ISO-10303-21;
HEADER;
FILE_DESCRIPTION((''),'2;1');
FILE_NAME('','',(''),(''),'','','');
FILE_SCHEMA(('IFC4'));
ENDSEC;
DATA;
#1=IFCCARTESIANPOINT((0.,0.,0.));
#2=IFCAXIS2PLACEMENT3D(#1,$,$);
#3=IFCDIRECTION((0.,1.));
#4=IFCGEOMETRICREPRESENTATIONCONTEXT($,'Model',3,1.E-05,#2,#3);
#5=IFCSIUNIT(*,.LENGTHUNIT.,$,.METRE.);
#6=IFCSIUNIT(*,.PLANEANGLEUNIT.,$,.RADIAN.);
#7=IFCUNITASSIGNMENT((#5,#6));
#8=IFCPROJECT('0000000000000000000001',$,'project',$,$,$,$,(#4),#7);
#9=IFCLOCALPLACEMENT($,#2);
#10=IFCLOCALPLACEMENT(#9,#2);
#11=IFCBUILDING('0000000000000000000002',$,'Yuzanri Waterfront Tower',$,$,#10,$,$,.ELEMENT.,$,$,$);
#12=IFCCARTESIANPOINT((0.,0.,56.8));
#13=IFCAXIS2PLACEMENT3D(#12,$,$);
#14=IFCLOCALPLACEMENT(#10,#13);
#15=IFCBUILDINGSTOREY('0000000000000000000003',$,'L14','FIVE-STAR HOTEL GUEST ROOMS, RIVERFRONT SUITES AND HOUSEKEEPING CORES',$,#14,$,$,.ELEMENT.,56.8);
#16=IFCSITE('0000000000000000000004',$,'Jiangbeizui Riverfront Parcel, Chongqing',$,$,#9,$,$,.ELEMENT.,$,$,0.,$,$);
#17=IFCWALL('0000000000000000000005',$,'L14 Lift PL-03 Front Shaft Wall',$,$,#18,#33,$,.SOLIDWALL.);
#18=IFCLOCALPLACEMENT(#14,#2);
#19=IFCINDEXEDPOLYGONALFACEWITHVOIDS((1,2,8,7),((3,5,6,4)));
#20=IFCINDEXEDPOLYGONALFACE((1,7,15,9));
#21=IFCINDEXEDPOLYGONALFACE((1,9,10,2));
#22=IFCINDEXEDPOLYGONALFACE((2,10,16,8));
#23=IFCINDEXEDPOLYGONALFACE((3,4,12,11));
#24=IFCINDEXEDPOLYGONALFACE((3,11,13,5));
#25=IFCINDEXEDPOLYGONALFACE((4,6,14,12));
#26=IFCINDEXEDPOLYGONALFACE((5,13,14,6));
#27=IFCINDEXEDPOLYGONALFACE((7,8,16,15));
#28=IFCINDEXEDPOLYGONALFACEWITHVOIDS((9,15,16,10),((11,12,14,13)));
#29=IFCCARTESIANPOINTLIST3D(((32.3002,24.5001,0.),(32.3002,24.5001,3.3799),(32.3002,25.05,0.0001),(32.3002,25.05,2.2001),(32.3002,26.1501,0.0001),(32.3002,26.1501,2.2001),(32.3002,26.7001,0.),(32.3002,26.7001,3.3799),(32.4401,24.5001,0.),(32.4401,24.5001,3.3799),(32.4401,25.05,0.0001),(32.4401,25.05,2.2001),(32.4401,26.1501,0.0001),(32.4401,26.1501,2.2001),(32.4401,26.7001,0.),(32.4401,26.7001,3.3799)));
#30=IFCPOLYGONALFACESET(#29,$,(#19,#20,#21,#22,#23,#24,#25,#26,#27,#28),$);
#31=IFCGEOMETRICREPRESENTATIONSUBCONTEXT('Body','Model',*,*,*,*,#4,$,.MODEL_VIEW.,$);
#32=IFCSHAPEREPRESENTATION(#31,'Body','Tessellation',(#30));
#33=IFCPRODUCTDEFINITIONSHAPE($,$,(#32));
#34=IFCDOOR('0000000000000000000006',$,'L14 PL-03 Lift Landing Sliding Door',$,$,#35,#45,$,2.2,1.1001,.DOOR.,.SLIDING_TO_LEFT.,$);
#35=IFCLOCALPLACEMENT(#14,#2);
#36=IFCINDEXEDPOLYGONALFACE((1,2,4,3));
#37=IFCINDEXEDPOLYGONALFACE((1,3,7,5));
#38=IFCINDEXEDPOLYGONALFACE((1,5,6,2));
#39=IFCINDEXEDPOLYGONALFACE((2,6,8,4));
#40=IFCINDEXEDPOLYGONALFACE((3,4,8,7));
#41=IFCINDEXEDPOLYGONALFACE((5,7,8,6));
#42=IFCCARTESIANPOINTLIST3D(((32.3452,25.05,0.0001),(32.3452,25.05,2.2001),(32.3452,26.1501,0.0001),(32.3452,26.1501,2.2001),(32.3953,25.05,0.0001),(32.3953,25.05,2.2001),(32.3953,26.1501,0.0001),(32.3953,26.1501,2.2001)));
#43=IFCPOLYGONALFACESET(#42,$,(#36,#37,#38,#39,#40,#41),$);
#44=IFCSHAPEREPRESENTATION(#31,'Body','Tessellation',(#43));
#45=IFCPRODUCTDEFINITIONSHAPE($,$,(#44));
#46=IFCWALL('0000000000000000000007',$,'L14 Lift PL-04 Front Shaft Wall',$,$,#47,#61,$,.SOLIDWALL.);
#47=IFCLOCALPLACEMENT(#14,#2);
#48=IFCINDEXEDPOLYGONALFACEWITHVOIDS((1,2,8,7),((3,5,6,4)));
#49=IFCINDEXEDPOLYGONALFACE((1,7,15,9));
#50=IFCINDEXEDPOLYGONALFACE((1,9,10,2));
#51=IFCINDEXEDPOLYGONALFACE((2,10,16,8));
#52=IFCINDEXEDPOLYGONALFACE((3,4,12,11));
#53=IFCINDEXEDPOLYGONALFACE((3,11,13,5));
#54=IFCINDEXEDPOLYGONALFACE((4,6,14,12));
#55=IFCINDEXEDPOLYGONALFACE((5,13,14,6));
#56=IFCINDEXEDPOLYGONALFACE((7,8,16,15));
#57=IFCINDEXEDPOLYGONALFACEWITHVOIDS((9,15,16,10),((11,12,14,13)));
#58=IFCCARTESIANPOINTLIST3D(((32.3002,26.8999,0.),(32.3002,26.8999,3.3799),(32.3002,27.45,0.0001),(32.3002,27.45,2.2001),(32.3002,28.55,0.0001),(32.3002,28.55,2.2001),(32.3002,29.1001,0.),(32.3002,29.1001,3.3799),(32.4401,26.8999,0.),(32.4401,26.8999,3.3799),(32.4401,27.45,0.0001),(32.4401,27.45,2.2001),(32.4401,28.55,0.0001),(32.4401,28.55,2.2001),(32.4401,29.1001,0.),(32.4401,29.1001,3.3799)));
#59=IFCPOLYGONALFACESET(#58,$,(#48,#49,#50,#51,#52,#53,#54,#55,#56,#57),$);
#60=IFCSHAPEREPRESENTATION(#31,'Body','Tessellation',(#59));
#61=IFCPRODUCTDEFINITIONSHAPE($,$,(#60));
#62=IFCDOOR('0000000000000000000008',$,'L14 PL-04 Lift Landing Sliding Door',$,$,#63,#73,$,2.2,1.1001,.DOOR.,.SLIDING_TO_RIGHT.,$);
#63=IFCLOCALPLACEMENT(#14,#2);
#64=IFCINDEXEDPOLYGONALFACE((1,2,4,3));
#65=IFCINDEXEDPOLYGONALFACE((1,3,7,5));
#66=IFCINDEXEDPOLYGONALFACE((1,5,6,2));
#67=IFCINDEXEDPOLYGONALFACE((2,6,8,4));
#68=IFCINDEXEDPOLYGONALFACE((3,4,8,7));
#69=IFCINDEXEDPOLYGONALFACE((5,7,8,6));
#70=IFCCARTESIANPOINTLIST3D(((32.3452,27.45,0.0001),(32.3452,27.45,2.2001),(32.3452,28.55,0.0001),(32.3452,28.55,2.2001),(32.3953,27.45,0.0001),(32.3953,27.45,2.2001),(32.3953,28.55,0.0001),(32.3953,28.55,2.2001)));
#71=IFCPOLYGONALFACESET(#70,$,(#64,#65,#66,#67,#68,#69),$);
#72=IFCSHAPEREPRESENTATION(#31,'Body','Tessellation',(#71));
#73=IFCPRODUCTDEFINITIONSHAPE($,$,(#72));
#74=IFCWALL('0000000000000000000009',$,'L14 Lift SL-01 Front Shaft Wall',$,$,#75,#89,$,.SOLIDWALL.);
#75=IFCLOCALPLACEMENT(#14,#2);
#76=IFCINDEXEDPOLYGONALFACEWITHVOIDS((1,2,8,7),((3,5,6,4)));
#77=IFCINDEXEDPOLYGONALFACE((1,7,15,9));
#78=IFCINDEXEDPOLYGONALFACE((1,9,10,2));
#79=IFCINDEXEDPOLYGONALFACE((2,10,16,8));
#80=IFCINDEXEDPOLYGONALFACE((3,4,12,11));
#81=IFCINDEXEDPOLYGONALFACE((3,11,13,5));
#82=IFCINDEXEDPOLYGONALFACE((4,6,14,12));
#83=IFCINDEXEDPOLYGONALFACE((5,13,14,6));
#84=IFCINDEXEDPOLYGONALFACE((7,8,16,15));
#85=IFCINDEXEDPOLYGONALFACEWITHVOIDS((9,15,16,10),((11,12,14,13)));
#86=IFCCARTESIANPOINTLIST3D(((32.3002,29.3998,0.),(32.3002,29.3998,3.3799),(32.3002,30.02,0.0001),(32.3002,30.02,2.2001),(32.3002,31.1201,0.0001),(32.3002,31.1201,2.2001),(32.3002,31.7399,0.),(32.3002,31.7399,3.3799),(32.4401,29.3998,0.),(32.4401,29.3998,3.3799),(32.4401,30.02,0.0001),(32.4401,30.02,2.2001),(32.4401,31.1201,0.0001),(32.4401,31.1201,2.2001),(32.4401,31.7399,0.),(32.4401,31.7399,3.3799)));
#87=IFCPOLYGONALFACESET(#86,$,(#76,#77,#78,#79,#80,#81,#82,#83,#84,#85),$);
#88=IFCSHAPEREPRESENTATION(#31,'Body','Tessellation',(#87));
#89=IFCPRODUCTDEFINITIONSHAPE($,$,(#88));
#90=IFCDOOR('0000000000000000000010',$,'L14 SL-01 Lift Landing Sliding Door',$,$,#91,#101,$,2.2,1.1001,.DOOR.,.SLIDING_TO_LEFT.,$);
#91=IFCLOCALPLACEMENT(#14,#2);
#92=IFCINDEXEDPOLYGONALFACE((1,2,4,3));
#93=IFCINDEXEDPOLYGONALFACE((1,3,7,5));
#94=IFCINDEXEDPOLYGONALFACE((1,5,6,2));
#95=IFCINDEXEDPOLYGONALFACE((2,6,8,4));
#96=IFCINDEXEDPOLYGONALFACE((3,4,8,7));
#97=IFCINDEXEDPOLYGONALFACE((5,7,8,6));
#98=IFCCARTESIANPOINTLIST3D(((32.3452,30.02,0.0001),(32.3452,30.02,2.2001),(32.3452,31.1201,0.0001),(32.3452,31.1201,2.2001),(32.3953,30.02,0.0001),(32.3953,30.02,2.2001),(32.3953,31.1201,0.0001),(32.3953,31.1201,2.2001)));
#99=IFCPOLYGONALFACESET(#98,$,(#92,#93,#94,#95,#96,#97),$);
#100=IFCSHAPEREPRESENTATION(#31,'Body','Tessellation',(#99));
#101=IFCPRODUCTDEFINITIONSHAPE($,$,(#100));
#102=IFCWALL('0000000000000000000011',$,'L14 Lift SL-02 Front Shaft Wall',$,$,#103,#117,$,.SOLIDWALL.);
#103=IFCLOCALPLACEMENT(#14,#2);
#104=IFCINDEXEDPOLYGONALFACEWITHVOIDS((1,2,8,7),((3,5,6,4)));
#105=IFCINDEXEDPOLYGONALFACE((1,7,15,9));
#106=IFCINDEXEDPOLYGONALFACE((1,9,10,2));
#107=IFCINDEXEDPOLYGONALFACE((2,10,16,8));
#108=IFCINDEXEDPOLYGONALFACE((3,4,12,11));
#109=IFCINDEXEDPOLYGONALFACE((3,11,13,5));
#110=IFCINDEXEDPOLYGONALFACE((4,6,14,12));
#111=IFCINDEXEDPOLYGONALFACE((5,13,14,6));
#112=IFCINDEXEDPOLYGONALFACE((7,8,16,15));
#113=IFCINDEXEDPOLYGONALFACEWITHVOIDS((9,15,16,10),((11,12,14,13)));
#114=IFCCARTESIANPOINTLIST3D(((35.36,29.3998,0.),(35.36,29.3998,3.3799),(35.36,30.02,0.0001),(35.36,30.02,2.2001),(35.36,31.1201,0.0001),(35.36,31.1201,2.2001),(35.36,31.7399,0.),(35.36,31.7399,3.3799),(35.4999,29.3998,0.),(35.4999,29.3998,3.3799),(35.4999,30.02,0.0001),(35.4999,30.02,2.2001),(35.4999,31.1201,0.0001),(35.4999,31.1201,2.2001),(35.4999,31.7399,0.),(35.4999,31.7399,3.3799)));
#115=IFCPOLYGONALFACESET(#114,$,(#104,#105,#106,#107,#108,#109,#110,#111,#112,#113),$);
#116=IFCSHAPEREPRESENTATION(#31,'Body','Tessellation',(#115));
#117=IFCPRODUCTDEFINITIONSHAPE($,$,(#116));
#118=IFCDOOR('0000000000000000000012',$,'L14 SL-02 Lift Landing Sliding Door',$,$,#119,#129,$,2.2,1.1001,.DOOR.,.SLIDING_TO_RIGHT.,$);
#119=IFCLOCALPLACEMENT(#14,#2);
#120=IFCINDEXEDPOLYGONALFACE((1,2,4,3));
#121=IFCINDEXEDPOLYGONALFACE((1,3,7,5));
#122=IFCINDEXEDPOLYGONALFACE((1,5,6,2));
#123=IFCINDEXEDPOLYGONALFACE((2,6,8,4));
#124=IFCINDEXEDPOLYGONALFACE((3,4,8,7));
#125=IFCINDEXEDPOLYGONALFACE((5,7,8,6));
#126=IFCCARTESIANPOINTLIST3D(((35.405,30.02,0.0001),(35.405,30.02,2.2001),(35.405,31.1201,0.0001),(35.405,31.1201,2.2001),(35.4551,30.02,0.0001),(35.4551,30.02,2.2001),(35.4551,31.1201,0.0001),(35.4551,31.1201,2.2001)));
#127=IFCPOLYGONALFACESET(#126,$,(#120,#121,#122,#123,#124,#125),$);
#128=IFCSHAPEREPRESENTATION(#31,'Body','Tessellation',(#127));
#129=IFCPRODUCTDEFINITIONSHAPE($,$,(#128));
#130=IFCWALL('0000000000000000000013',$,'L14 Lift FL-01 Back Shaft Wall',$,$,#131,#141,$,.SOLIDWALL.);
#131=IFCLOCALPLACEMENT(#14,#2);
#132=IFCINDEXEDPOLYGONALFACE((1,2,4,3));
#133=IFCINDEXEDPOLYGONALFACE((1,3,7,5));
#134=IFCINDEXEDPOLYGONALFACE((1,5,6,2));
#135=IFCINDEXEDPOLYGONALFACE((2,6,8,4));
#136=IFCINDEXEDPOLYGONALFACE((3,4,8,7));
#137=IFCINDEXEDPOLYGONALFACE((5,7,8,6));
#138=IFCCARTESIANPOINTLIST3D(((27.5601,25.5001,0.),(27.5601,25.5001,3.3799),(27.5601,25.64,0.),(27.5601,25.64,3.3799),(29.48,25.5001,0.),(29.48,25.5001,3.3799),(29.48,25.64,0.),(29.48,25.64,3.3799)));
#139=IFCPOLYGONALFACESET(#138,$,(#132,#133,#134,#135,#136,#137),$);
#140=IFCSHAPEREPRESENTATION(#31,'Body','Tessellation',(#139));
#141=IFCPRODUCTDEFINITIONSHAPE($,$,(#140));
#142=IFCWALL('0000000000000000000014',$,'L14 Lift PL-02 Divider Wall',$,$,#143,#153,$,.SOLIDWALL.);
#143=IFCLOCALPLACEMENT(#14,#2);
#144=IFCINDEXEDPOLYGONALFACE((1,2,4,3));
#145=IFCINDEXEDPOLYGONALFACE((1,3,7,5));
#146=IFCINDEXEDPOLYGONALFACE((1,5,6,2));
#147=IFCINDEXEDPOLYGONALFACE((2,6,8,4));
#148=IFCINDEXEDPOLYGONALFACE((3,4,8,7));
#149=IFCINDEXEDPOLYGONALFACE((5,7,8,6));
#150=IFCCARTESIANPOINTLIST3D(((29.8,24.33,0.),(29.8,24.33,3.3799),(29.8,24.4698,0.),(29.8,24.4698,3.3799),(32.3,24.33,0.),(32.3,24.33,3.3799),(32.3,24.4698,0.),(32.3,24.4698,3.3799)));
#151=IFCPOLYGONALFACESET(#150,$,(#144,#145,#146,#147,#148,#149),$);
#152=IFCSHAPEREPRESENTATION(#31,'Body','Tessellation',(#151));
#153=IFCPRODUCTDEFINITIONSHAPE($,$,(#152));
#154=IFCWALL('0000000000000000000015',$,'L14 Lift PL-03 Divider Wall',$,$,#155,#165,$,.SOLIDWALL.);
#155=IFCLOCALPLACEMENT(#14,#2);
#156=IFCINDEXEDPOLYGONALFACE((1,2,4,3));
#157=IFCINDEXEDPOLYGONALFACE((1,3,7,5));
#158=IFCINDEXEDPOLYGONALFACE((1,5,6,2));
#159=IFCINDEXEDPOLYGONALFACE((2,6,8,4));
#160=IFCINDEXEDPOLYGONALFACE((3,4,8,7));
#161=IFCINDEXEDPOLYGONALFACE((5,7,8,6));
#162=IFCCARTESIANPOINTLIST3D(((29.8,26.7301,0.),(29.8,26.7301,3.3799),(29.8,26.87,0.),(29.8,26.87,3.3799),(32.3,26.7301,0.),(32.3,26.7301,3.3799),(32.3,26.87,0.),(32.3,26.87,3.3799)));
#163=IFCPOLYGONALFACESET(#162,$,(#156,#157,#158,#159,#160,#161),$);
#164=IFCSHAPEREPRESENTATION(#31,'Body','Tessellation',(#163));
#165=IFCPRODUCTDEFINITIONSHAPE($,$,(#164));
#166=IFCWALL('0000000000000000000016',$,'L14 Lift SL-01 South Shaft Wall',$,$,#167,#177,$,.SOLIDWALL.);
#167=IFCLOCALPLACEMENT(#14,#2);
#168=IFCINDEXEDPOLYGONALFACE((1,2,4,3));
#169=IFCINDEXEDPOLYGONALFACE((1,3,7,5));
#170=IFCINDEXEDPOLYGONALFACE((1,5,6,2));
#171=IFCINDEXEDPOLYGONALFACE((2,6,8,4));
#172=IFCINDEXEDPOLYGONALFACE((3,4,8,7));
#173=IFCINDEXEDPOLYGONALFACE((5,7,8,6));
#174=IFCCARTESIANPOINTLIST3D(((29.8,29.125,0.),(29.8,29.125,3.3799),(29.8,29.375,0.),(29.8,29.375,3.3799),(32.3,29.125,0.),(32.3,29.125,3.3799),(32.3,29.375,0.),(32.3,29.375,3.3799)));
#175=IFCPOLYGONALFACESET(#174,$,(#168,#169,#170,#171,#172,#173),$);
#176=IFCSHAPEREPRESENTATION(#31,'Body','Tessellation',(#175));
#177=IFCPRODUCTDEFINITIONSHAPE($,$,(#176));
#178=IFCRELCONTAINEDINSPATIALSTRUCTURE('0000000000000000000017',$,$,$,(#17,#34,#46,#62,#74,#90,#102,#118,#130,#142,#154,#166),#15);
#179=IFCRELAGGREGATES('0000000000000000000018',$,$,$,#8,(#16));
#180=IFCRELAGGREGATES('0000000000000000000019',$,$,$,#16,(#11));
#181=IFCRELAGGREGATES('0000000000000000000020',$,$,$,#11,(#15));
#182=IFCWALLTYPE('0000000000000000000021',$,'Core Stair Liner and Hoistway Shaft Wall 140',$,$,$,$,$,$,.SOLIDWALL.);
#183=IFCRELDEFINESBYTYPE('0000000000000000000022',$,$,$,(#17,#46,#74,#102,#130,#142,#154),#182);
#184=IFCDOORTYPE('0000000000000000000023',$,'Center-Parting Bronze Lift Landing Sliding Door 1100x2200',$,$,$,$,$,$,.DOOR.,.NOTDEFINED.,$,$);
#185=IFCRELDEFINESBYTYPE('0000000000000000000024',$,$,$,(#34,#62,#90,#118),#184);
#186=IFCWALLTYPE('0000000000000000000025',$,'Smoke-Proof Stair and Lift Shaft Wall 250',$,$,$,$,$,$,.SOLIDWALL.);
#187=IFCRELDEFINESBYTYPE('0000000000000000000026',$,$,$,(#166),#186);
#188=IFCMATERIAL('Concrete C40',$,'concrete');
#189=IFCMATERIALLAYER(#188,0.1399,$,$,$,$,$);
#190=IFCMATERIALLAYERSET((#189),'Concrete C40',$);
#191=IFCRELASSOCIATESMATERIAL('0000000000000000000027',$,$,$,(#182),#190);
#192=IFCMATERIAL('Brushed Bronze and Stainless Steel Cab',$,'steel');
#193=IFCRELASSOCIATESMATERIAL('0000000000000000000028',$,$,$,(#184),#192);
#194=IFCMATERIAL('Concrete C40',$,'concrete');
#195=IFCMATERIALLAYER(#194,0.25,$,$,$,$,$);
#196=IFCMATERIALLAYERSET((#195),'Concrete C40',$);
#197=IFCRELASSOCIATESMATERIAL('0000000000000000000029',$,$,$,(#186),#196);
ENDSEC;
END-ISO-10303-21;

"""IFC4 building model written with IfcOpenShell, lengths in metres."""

from ifc_helpers import new_model, si_unit, direction, frame, frame_2d, origin, place, context, subcontext, project, spatial, rectangle, extrude, source, transform, mapped, material, layer, layer_set, type_object, element, fill, save


model = new_model("IFC4")

# Units and contexts
model_context = context("Model", 3, precision=1e-05, world=origin(), true_north=direction((0.0, 1.0)))
body_context = subcontext(model_context, "Body", "Model", "MODEL_VIEW")
ifc_project = project(units=[si_unit("LENGTHUNIT", "METRE"), si_unit("PLANEANGLEUNIT", "RADIAN")], contexts=[model_context])

# Site, building, storey
site_placement = place(None, origin())
site = spatial("IfcSite", under=ifc_project, at=site_placement, Name="Jiangbeizui Riverfront Parcel, Chongqing", CompositionType="ELEMENT", RefElevation=0.0)
building_placement = place(site_placement, origin())
building = spatial("IfcBuilding", under=site, at=building_placement, Name="Yuzanri Waterfront Tower", CompositionType="ELEMENT")
storey_placement = place(building_placement, frame((0.0, 0.0, 56.8)))
storey = spatial("IfcBuildingStorey", under=building, at=storey_placement, Name="L14", Description="FIVE-STAR HOTEL GUEST ROOMS, RIVERFRONT SUITES AND HOUSEKEEPING CORES", CompositionType="ELEMENT", Elevation=56.8)

# Walls, openings, doors
ifc_material_1 = material(Name="Concrete C40", Category="concrete")
ifc_layer_1 = layer(ifc_material_1, 0.1399)
ifc_layer_set_1 = layer_set([ifc_layer_1], Name="Concrete C40")
wall_type_1 = type_object("IfcWallType", Name="Core Stair Liner and Hoistway Shaft Wall 140", PredefinedType="SOLIDWALL", material=ifc_layer_set_1)
wall_1_placement = place(storey_placement, frame((32.3701, 24.5, 0.0), z_axis=(0.0, 0.0, 1.0), x_axis=(0.0, 1.0, 0.0)))
wall_1 = element("IfcWall", 1, at=wall_1_placement, inside=storey, type_object=wall_type_1, Name="L14 Lift PL-03 Front Shaft Wall", PredefinedType="SOLIDWALL", context=body_context, shape_type="SweptSolid", body=[
    extrude(rectangle(XDim=2.2, YDim=0.1399, at=frame_2d((1.1001, 0.0))), origin(), (0.0, 0.0, 1.0), 3.3799),
])
opening_1_placement = place(wall_1_placement, frame((0.55, 0.0, 0.0)))
opening_1 = element("IfcOpeningElement", 2, at=opening_1_placement, cuts=wall_1, PredefinedType="OPENING", context=body_context, shape_type="SweptSolid", body=[
    extrude(rectangle(XDim=1.1001, YDim=2.2, at=frame_2d((0.55, 1.1001))), frame((0.0, 0.085, 0.0), z_axis=(0.0, -1.0, 0.0), x_axis=(1.0, 0.0, 0.0)), (0.0, 0.0, 1.0), 0.1697),
])
ifc_material_2 = material(Name="Brushed Bronze and Stainless Steel Cab", Category="steel")
door_type_1 = type_object("IfcDoorType", Name="Center-Parting Bronze Lift Landing Sliding Door 1100x2200", OperationType="NOTDEFINED", PredefinedType="DOOR", material=ifc_material_2)
shared_shape_1 = source(origin(), body_context, "Body", "SweptSolid", [
    extrude(rectangle(XDim=1.1001, YDim=2.2, at=frame_2d((0.55, 1.1001))), frame((0.0, 0.0249, 0.0), z_axis=(0.0, -1.0, 0.0), x_axis=(1.0, 0.0, 0.0)), (0.0, 0.0, 1.0), 0.05),
])
door_1_placement = place(opening_1_placement, origin())
door_1 = element("IfcDoor", 3, at=door_1_placement, inside=storey, type_object=door_type_1, Name="L14 PL-03 Lift Landing Sliding Door", OperationType="SLIDING_TO_LEFT", OverallHeight=2.2, OverallWidth=1.1001, PredefinedType="DOOR", context=body_context, shape_type="MappedRepresentation", body=[
    mapped(shared_shape_1, transform((0.0, 0.0, 0.0), scale=1.0)),
])
fill(opening_1, door_1)
wall_2_placement = place(storey_placement, frame((32.3701, 26.8999, 0.0), z_axis=(0.0, 0.0, 1.0), x_axis=(0.0, 1.0, 0.0)))
wall_2 = element("IfcWall", 4, at=wall_2_placement, inside=storey, type_object=wall_type_1, Name="L14 Lift PL-04 Front Shaft Wall", PredefinedType="SOLIDWALL", context=body_context, shape_type="SweptSolid", body=[
    extrude(rectangle(XDim=2.2002, YDim=0.1399, at=frame_2d((1.1001, 0.0))), origin(), (0.0, 0.0, 1.0), 3.3799),
])
opening_2_placement = place(wall_2_placement, frame((0.55, 0.0, 0.0)))
opening_2 = element("IfcOpeningElement", 5, at=opening_2_placement, cuts=wall_2, PredefinedType="OPENING", context=body_context, shape_type="SweptSolid", body=[
    extrude(rectangle(XDim=1.1001, YDim=2.2, at=frame_2d((0.55, 1.1001))), frame((0.0, 0.085, 0.0), z_axis=(0.0, -1.0, 0.0), x_axis=(1.0, 0.0, 0.0)), (0.0, 0.0, 1.0), 0.1697),
])
door_2_placement = place(opening_2_placement, origin())
door_2 = element("IfcDoor", 6, at=door_2_placement, inside=storey, type_object=door_type_1, Name="L14 PL-04 Lift Landing Sliding Door", OperationType="SLIDING_TO_RIGHT", OverallHeight=2.2, OverallWidth=1.1001, PredefinedType="DOOR", context=body_context, shape_type="MappedRepresentation", body=[
    mapped(shared_shape_1, transform((0.0, 0.0, 0.0), scale=1.0)),
])
fill(opening_2, door_2)
wall_3_placement = place(storey_placement, frame((32.3701, 29.3999, 0.0), z_axis=(0.0, 0.0, 1.0), x_axis=(0.0, 1.0, 0.0)))
wall_3 = element("IfcWall", 7, at=wall_3_placement, inside=storey, type_object=wall_type_1, Name="L14 Lift SL-01 Front Shaft Wall", PredefinedType="SOLIDWALL", context=body_context, shape_type="SweptSolid", body=[
    extrude(rectangle(XDim=2.3401, YDim=0.1399, at=frame_2d((1.1699, 0.0))), origin(), (0.0, 0.0, 1.0), 3.3799),
])
opening_3_placement = place(wall_3_placement, frame((0.6201, 0.0, 0.0)))
opening_3 = element("IfcOpeningElement", 8, at=opening_3_placement, cuts=wall_3, PredefinedType="OPENING", context=body_context, shape_type="SweptSolid", body=[
    extrude(rectangle(XDim=1.1001, YDim=2.2, at=frame_2d((0.55, 1.1001))), frame((0.0, 0.085, 0.0), z_axis=(0.0, -1.0, 0.0), x_axis=(1.0, 0.0, 0.0)), (0.0, 0.0, 1.0), 0.1697),
])
door_3_placement = place(opening_3_placement, origin())
door_3 = element("IfcDoor", 9, at=door_3_placement, inside=storey, type_object=door_type_1, Name="L14 SL-01 Lift Landing Sliding Door", OperationType="SLIDING_TO_LEFT", OverallHeight=2.2, OverallWidth=1.1001, PredefinedType="DOOR", context=body_context, shape_type="MappedRepresentation", body=[
    mapped(shared_shape_1, transform((0.0, 0.0, 0.0), scale=1.0)),
])
fill(opening_3, door_3)
wall_4_placement = place(storey_placement, frame((35.4299, 29.3999, 0.0), z_axis=(0.0, 0.0, 1.0), x_axis=(0.0, 1.0, 0.0)))
wall_4 = element("IfcWall", 10, at=wall_4_placement, inside=storey, type_object=wall_type_1, Name="L14 Lift SL-02 Front Shaft Wall", PredefinedType="SOLIDWALL", context=body_context, shape_type="SweptSolid", body=[
    extrude(rectangle(XDim=2.3401, YDim=0.1399, at=frame_2d((1.1699, 0.0))), origin(), (0.0, 0.0, 1.0), 3.3799),
])
opening_4_placement = place(wall_4_placement, frame((0.6201, 0.0, 0.0)))
opening_4 = element("IfcOpeningElement", 11, at=opening_4_placement, cuts=wall_4, PredefinedType="OPENING", context=body_context, shape_type="SweptSolid", body=[
    extrude(rectangle(XDim=1.1001, YDim=2.2, at=frame_2d((0.55, 1.1001))), frame((0.0, 0.085, 0.0), z_axis=(0.0, -1.0, 0.0), x_axis=(1.0, 0.0, 0.0)), (0.0, 0.0, 1.0), 0.1697),
])
door_4_placement = place(opening_4_placement, origin())
door_4 = element("IfcDoor", 12, at=door_4_placement, inside=storey, type_object=door_type_1, Name="L14 SL-02 Lift Landing Sliding Door", OperationType="SLIDING_TO_RIGHT", OverallHeight=2.2, OverallWidth=1.1001, PredefinedType="DOOR", context=body_context, shape_type="MappedRepresentation", body=[
    mapped(shared_shape_1, transform((0.0, 0.0, 0.0), scale=1.0)),
])
fill(opening_4, door_4)

# Walls
shared_shape_2 = source(origin(), body_context, "Body", "SweptSolid", [
    extrude(rectangle(XDim=1.9199, YDim=0.1399, at=frame_2d((0.96, 0.0))), origin(), (0.0, 0.0, 1.0), 3.3799),
])
wall_5_placement = place(storey_placement, frame((27.5601, 25.5701, 0.0), z_axis=(0.0, 0.0, 1.0), x_axis=(1.0, 0.0, 0.0)))
element("IfcWall", 13, at=wall_5_placement, inside=storey, type_object=wall_type_1, Name="L14 Lift FL-01 Back Shaft Wall", PredefinedType="SOLIDWALL", context=body_context, shape_type="MappedRepresentation", body=[
    mapped(shared_shape_2, transform((0.0, 0.0, 0.0), scale=1.0)),
])
shared_shape_3 = source(origin(), body_context, "Body", "SweptSolid", [
    extrude(rectangle(XDim=2.5, YDim=0.1399, at=frame_2d((1.25, 0.0))), origin(), (0.0, 0.0, 1.0), 3.3799),
])
for number, where, z_axis, x_axis, name in (
    (14, (29.8, 24.3999, 0.0), (0.0, 0.0, 1.0), (1.0, 0.0, 0.0), "L14 Lift PL-02 Divider Wall"),
    (15, (29.8, 26.8, 0.0), (0.0, 0.0, 1.0), (1.0, 0.0, 0.0), "L14 Lift PL-03 Divider Wall"),
):
    element("IfcWall", number, at=place(storey_placement, frame(where, z_axis=z_axis, x_axis=x_axis)), inside=storey, type_object=wall_type_1, Name=name, PredefinedType="SOLIDWALL", context=body_context, shape_type="MappedRepresentation", body=[
        mapped(shared_shape_3, transform((0.0, 0.0, 0.0), scale=1.0)),
    ])
ifc_material_3 = material(Name="Concrete C40", Category="concrete")
ifc_layer_2 = layer(ifc_material_3, 0.25)
ifc_layer_set_2 = layer_set([ifc_layer_2], Name="Concrete C40")
wall_type_2 = type_object("IfcWallType", Name="Smoke-Proof Stair and Lift Shaft Wall 250", PredefinedType="SOLIDWALL", material=ifc_layer_set_2)
shared_shape_4 = source(origin(), body_context, "Body", "SweptSolid", [
    extrude(rectangle(XDim=2.5, YDim=0.25, at=frame_2d((1.25, 0.0))), origin(), (0.0, 0.0, 1.0), 3.3799),
])
wall_6_placement = place(storey_placement, frame((29.8, 29.25, 0.0), z_axis=(0.0, 0.0, 1.0), x_axis=(1.0, 0.0, 0.0)))
element("IfcWall", 16, at=wall_6_placement, inside=storey, type_object=wall_type_2, Name="L14 Lift SL-01 South Shaft Wall", PredefinedType="SOLIDWALL", context=body_context, shape_type="MappedRepresentation", body=[
    mapped(shared_shape_4, transform((0.0, 0.0, 0.0), scale=1.0)),
])

save(model, "model.ifc")
